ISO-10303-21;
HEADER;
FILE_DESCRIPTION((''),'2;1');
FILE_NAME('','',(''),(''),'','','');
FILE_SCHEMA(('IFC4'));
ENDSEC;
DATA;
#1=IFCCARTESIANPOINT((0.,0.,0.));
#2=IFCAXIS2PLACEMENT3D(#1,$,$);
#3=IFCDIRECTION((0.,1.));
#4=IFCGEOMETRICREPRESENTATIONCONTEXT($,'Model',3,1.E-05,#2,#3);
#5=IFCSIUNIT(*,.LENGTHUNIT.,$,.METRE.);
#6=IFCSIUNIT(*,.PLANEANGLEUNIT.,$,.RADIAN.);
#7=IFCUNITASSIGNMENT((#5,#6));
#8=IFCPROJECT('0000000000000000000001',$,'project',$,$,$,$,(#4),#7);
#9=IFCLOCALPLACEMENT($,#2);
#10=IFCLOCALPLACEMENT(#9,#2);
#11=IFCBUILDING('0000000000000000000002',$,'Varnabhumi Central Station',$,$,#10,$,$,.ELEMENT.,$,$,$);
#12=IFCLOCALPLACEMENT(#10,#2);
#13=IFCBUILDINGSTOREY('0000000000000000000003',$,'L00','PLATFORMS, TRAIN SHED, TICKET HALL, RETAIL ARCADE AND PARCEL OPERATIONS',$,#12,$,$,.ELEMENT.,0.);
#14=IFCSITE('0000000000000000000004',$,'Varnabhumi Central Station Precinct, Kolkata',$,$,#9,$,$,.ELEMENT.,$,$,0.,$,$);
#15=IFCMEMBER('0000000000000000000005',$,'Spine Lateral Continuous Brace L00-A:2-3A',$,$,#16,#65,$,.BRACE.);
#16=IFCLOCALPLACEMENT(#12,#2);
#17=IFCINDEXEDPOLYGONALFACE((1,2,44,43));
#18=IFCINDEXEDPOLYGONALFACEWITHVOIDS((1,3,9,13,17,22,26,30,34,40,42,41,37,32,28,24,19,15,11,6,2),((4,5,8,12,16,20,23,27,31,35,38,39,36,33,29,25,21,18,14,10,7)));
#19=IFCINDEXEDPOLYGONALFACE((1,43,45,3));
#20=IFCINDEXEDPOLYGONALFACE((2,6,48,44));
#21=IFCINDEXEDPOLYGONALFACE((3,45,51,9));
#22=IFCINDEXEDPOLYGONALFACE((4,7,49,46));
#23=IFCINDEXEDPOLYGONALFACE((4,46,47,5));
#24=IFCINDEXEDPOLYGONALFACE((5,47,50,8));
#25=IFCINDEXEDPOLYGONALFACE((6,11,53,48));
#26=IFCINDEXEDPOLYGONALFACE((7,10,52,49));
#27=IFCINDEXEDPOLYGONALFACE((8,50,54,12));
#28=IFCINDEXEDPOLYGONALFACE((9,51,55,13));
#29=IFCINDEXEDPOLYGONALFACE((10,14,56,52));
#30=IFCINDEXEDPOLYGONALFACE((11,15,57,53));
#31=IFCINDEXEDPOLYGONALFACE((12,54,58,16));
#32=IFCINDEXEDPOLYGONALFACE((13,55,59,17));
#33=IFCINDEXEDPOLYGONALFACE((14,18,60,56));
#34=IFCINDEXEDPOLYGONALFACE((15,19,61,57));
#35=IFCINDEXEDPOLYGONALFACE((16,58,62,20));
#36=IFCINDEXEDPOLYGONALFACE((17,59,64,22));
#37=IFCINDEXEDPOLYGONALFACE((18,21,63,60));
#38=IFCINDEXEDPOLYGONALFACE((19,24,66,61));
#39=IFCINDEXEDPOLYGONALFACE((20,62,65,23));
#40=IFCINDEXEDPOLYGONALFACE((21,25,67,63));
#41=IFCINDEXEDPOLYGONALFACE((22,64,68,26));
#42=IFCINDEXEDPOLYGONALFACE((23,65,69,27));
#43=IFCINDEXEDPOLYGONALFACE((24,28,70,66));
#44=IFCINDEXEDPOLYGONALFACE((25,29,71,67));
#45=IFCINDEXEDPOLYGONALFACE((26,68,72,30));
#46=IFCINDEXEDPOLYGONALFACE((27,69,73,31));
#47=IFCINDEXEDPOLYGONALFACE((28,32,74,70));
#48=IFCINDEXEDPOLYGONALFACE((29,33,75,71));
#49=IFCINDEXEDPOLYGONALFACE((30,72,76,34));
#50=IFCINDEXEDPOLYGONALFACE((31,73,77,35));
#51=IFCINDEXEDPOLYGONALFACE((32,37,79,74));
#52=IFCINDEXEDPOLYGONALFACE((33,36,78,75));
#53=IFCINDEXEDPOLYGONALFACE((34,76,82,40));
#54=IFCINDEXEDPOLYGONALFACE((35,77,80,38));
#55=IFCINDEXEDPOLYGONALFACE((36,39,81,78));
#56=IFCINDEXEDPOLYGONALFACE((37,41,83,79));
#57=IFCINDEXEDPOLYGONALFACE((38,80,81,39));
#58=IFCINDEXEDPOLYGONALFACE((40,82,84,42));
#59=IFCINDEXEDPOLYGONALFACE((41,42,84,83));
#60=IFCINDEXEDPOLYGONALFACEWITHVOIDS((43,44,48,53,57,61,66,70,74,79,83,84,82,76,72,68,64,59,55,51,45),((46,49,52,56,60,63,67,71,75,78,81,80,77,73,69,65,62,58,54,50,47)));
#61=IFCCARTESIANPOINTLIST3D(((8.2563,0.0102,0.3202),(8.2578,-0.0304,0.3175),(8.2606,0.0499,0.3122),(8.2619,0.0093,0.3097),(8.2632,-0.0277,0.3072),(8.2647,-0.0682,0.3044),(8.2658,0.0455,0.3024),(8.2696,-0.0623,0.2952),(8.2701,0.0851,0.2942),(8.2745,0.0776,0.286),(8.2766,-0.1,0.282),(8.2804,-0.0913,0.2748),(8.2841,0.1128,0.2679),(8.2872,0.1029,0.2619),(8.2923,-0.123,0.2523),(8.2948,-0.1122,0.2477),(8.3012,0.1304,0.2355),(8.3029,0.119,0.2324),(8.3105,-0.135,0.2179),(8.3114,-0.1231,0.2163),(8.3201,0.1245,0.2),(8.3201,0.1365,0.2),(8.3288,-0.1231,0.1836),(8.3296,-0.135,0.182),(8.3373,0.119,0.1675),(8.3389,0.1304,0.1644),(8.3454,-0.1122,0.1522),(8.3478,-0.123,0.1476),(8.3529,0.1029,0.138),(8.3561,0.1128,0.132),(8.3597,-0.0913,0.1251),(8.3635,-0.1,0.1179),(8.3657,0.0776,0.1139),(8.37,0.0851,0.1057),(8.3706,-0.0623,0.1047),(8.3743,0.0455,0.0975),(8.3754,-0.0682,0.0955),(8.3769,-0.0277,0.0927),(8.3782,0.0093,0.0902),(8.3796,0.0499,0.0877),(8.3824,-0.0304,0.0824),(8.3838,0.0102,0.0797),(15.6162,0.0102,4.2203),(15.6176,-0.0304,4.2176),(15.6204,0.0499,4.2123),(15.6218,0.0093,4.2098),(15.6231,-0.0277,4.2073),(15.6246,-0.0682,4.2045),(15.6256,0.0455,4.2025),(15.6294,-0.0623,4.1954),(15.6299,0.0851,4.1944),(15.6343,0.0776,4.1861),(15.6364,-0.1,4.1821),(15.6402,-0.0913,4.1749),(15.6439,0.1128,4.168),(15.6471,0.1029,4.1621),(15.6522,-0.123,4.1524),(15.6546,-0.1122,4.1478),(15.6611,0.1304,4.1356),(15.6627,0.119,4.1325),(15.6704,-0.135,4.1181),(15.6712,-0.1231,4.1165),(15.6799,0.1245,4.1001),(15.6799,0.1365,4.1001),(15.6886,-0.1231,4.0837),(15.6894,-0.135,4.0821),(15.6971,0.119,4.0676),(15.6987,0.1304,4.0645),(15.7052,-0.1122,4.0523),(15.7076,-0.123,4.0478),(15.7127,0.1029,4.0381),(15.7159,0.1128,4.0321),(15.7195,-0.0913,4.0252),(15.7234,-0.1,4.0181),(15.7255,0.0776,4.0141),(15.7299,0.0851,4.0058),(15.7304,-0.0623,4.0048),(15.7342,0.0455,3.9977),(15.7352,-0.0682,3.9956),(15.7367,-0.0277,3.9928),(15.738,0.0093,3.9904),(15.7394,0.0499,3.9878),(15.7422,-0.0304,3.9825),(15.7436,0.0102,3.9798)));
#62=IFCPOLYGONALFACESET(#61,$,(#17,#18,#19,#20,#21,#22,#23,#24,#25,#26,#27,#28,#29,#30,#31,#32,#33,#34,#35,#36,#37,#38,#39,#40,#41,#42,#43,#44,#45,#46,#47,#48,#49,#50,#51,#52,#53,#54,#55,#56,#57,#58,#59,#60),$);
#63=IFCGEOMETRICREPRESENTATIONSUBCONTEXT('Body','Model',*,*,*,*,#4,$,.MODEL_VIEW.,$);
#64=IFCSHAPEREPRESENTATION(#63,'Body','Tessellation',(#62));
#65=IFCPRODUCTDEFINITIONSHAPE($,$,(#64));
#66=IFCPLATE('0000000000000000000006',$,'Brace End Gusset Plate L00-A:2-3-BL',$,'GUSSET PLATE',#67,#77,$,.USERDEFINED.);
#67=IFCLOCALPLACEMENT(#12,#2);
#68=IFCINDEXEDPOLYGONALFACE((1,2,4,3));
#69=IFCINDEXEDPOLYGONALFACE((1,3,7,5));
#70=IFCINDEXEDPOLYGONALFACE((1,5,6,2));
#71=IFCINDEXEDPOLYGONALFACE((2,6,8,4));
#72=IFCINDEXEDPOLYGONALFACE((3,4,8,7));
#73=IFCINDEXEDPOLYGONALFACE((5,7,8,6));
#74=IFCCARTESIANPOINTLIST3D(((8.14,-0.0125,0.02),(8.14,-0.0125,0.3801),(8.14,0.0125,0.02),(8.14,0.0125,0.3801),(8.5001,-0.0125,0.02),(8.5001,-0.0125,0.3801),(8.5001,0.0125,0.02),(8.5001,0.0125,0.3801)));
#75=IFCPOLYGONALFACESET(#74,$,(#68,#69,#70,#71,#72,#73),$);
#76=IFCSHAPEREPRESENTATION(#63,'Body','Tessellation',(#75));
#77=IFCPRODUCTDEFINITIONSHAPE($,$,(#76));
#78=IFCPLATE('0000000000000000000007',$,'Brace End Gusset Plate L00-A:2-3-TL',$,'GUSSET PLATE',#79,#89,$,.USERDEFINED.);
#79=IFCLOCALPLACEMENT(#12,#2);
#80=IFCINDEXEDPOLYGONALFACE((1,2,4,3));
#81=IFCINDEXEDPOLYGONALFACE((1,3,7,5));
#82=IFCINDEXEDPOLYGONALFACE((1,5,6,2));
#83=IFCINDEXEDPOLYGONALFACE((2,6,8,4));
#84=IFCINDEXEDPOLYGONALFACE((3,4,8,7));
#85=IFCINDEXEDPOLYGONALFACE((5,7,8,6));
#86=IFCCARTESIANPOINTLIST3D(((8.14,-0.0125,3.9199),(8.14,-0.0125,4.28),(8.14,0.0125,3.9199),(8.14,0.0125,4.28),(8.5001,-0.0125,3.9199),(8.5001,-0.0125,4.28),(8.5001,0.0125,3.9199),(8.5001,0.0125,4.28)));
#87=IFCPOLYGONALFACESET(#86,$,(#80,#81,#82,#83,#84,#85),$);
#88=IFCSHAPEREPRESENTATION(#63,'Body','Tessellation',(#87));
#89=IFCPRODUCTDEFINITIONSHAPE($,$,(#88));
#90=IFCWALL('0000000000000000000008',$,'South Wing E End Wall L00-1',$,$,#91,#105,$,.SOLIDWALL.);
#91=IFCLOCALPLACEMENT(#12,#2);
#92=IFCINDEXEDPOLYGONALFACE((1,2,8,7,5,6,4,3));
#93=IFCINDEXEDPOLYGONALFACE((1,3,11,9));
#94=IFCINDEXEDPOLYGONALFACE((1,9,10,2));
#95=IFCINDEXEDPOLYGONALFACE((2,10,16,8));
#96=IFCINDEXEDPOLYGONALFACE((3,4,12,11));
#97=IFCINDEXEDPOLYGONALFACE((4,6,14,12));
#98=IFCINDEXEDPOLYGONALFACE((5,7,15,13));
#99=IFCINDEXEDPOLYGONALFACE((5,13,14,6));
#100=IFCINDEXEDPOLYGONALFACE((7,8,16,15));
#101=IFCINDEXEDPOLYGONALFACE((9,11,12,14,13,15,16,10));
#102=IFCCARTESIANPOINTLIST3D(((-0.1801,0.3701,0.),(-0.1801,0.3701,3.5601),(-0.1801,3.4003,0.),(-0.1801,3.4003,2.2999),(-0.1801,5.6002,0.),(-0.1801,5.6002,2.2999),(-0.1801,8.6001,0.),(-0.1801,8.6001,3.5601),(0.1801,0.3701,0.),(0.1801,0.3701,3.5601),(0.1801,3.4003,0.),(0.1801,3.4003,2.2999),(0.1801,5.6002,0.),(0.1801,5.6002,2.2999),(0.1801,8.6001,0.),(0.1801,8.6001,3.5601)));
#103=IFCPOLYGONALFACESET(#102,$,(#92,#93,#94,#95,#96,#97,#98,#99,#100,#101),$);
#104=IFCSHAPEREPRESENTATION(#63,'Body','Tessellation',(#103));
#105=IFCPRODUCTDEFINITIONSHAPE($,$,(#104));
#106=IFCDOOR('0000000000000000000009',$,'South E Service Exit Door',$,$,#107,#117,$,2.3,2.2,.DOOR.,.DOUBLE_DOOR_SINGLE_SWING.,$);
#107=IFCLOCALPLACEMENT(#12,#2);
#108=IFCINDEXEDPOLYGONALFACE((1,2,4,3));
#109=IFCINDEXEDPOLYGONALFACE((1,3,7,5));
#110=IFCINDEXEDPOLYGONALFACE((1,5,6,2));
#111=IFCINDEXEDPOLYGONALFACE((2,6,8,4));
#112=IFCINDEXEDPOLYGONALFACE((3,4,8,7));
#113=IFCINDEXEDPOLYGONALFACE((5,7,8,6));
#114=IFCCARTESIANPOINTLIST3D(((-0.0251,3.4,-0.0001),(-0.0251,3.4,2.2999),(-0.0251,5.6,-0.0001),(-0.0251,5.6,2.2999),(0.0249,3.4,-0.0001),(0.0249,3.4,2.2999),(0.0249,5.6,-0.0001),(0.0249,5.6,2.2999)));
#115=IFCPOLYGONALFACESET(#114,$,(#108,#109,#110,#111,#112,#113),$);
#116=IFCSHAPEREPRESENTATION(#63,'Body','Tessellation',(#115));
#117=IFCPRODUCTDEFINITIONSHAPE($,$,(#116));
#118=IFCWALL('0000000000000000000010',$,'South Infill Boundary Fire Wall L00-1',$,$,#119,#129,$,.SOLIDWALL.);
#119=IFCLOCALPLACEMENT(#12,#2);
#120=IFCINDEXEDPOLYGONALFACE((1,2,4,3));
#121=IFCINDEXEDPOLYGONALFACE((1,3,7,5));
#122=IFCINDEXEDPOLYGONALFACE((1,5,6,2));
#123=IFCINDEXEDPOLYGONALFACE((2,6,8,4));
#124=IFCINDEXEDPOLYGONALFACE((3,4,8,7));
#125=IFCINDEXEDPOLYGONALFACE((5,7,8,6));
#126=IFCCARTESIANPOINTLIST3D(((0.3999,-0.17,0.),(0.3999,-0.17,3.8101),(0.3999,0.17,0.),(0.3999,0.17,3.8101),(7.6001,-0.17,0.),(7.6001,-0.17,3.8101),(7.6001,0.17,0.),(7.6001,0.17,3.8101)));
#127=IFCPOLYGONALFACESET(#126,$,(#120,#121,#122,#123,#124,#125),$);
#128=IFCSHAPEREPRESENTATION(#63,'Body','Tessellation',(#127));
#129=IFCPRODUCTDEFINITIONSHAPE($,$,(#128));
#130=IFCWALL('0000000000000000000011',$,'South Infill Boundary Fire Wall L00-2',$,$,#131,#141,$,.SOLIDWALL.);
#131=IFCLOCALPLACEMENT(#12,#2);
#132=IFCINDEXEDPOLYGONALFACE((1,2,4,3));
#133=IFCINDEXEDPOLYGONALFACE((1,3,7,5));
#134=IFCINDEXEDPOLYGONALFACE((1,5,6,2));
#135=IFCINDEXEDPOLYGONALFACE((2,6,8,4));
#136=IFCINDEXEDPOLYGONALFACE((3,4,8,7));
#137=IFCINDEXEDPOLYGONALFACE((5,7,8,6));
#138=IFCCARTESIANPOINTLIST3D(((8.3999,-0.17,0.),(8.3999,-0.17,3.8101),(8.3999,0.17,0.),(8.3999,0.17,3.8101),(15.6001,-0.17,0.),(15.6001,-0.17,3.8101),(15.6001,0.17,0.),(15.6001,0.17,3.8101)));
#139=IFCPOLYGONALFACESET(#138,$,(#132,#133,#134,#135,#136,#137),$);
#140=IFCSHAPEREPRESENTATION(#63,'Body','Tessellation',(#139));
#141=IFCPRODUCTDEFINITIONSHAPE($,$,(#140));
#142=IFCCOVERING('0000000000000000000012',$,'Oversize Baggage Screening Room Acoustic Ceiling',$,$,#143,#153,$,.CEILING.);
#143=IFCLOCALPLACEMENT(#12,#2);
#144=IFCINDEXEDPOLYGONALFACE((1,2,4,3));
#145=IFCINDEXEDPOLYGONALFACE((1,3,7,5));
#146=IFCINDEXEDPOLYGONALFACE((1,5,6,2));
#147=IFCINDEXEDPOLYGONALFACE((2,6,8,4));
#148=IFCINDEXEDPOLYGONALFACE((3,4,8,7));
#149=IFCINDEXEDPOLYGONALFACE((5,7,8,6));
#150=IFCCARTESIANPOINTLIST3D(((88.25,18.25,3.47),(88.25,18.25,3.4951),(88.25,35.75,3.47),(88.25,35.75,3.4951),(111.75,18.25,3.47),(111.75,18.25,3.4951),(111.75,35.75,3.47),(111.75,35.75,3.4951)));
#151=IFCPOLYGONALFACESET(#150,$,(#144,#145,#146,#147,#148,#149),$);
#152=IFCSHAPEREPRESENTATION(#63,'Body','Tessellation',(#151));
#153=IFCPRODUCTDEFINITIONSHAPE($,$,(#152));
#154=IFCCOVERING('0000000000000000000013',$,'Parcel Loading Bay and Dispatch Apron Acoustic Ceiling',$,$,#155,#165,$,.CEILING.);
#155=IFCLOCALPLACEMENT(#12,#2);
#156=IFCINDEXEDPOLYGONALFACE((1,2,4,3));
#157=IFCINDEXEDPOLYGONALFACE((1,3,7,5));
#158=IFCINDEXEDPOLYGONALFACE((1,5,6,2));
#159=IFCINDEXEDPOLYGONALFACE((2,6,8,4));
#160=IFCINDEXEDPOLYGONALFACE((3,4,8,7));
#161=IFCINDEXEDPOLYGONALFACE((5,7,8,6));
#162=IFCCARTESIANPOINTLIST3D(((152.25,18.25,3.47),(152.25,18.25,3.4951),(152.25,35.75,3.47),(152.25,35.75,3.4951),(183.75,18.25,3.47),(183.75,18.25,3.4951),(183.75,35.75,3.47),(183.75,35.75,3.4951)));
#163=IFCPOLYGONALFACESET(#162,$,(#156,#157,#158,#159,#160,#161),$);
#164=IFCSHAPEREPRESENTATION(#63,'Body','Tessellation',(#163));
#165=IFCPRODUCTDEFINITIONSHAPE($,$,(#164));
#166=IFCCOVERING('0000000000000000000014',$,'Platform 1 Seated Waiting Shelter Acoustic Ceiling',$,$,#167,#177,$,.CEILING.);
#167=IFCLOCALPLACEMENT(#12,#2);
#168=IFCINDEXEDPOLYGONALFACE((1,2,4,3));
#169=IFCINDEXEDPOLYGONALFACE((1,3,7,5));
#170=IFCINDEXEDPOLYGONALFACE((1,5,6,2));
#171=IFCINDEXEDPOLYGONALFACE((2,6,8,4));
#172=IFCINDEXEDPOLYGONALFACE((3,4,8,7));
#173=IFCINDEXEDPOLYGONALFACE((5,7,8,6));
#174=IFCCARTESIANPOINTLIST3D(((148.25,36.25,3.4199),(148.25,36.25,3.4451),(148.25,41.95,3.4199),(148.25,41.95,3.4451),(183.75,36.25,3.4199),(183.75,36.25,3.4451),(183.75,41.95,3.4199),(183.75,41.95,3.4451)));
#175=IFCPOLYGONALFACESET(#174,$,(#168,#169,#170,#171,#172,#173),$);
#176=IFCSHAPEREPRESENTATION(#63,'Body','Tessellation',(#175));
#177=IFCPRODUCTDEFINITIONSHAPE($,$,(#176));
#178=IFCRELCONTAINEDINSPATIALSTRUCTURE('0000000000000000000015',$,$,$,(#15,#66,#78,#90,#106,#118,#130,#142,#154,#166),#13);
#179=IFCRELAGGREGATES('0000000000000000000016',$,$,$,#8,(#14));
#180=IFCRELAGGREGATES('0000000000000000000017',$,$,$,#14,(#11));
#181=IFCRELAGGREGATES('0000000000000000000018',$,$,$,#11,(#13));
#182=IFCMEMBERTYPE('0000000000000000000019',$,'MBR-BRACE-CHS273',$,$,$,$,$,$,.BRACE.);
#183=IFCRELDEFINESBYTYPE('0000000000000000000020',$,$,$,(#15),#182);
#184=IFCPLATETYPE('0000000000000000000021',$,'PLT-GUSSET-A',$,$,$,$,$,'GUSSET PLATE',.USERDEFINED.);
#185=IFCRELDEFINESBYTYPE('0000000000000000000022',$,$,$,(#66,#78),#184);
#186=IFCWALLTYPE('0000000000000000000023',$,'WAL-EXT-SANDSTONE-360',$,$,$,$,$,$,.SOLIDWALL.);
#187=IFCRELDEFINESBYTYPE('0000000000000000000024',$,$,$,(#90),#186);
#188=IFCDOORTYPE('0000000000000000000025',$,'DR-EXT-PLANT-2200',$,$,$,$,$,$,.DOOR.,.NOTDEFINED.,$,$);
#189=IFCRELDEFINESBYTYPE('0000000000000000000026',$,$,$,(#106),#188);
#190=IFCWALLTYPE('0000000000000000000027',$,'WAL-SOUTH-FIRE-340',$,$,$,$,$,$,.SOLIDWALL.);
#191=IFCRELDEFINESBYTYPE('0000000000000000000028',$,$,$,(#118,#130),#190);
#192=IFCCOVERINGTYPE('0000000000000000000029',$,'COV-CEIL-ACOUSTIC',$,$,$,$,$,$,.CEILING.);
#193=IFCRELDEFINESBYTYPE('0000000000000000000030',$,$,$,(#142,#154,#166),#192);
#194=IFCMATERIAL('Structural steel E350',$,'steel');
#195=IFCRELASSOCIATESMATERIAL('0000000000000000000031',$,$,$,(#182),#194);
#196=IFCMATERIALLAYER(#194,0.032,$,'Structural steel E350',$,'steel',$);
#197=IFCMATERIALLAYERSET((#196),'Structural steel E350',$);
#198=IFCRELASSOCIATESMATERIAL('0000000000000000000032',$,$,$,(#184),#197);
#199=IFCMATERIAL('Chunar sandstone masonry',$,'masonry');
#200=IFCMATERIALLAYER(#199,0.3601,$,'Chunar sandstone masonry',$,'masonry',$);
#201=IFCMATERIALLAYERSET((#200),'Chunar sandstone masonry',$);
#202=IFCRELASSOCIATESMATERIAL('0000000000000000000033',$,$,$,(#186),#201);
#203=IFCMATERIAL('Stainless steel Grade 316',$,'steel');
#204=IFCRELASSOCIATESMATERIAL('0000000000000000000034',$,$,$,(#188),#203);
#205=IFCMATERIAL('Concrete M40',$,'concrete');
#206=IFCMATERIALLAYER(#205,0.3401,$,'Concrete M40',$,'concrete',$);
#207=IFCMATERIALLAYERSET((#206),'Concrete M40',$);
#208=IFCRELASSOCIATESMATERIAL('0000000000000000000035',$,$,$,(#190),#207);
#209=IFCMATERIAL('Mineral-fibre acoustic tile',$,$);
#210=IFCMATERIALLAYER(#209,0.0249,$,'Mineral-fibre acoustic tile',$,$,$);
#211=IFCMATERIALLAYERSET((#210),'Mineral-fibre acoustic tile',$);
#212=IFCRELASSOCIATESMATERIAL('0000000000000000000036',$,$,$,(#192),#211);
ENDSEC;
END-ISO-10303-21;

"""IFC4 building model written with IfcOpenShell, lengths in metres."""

from ifc_helpers import new_model, si_unit, direction, frame, frame_2d, origin, origin_2d, place, context, subcontext, project, spatial, polyline, rectangle, hollow_circle, outline, extrude, material, layer, layer_set, material_profile, profile_set, type_object, element, fill, save


model = new_model("IFC4")

# Units and contexts
model_context = context("Model", 3, precision=1e-05, world=origin(), true_north=direction((0.0, 1.0)))
body_context = subcontext(model_context, "Body", "Model", "MODEL_VIEW")
ifc_project = project(units=[si_unit("LENGTHUNIT", "METRE"), si_unit("PLANEANGLEUNIT", "RADIAN")], contexts=[model_context])

# Site, building, storey
site_placement = place(None, origin())
site = spatial("IfcSite", under=ifc_project, at=site_placement, Name="Varnabhumi Central Station Precinct, Kolkata", CompositionType="ELEMENT", RefElevation=0.0)
building_placement = place(site_placement, origin())
building = spatial("IfcBuilding", under=site, at=building_placement, Name="Varnabhumi Central Station", CompositionType="ELEMENT")
storey_placement = place(building_placement, origin())
storey = spatial("IfcBuildingStorey", under=building, at=storey_placement, Name="L00", Description="PLATFORMS, TRAIN SHED, TICKET HALL, RETAIL ARCADE AND PARCEL OPERATIONS", CompositionType="ELEMENT", Elevation=0.0)

# Shared definitions
ifc_material_1 = material(Name="Concrete M40", Category="concrete")

# Member
ifc_material_2 = material(Name="Structural steel E350", Category="steel")
ifc_material_profile_1 = material_profile(ifc_material_2, hollow_circle(Radius=0.1365, WallThickness=0.012, at=origin_2d()), Name="Structural steel E350", Category="steel")
ifc_profile_set_1 = profile_set([ifc_material_profile_1], Name="Structural steel E350")
member_type_1 = type_object("IfcMemberType", Name="MBR-BRACE-CHS273", PredefinedType="BRACE", material=ifc_profile_set_1)
member_1_placement = place(storey_placement, frame((8.3201, 0.0, 0.2), z_axis=(0.883602, 0.0, 0.468239), x_axis=(0.0, 1.0, 0.0)))
element("IfcMember", 1, at=member_1_placement, inside=storey, type_object=member_type_1, Name="Spine Lateral Continuous Brace L00-A:2-3A", PredefinedType="BRACE", context=body_context, shape_type="SweptSolid", body=[
    extrude(hollow_circle(Radius=0.1365, WallThickness=0.012, at=origin_2d()), origin(), (0.0, 0.0, 1.0), 8.3293),
])

# Plates
ifc_layer_1 = layer(ifc_material_2, 0.032, Name="Structural steel E350", Category="steel")
ifc_layer_set_1 = layer_set([ifc_layer_1], Name="Structural steel E350")
plate_type = type_object("IfcPlateType", Name="PLT-GUSSET-A", ElementType="GUSSET PLATE", PredefinedType="USERDEFINED", material=ifc_layer_set_1)
for number, where, z_axis, x_axis, name in (
    (2, (8.3201, 0.0, 0.02), (0.0, 0.0, 1.0), (1.0, 0.0, 0.0), "Brace End Gusset Plate L00-A:2-3-BL"),
    (3, (8.3201, 0.0, 3.9199), (0.0, 0.0, 1.0), (1.0, 0.0, 0.0), "Brace End Gusset Plate L00-A:2-3-TL"),
):
    element("IfcPlate", number, at=place(storey_placement, frame(where, z_axis=z_axis, x_axis=x_axis)), inside=storey, type_object=plate_type, Name=name, ObjectType="GUSSET PLATE", PredefinedType="USERDEFINED", context=body_context, shape_type="SweptSolid", body=[
        extrude(rectangle(XDim=0.3601, YDim=0.0249, at=origin_2d()), origin(), (0.0, 0.0, 1.0), 0.3601),
    ])

# Wall, opening, door
ifc_material_3 = material(Name="Chunar sandstone masonry", Category="masonry")
ifc_layer_2 = layer(ifc_material_3, 0.3601, Name="Chunar sandstone masonry", Category="masonry")
ifc_layer_set_2 = layer_set([ifc_layer_2], Name="Chunar sandstone masonry")
wall_type_1 = type_object("IfcWallType", Name="WAL-EXT-SANDSTONE-360", PredefinedType="SOLIDWALL", material=ifc_layer_set_2)
wall_placement = place(storey_placement, frame((0.0, 0.3701, 0.0), z_axis=(0.0, 0.0, 1.0), x_axis=(0.0, 1.0, 0.0)))
wall = element("IfcWall", 4, at=wall_placement, inside=storey, type_object=wall_type_1, Name="South Wing E End Wall L00-1", PredefinedType="SOLIDWALL", context=body_context, shape_type="SweptSolid", body=[
    extrude(rectangle(XDim=8.23, YDim=0.3601, at=frame_2d((4.115, 0.0))), origin(), (0.0, 0.0, 1.0), 3.5601),
])
opening_placement = place(wall_placement, frame((3.03, 0.0, 0.0)))
opening = element("IfcOpeningElement", 5, at=opening_placement, cuts=wall, PredefinedType="OPENING", context=body_context, shape_type="SweptSolid", body=[
    extrude(rectangle(XDim=2.2, YDim=2.3, at=frame_2d((1.1001, 1.1499))), frame((0.0, 0.1899, 0.0), z_axis=(0.0, -1.0, 0.0), x_axis=(1.0, 0.0, 0.0)), (0.0, 0.0, 1.0), 0.3801),
])
ifc_material_4 = material(Name="Stainless steel Grade 316", Category="steel")
door_type = type_object("IfcDoorType", Name="DR-EXT-PLANT-2200", OperationType="NOTDEFINED", PredefinedType="DOOR", material=ifc_material_4)
door_placement = place(opening_placement, frame((2.2, 0.0, 0.0), z_axis=(0.0, 0.0, 1.0), x_axis=(-1.0, 0.0, 0.0)))
door = element("IfcDoor", 6, at=door_placement, inside=storey, type_object=door_type, Name="South E Service Exit Door", OperationType="DOUBLE_DOOR_SINGLE_SWING", OverallHeight=2.3, OverallWidth=2.2, PredefinedType="DOOR", context=body_context, shape_type="SweptSolid", body=[
    extrude(rectangle(XDim=2.2, YDim=2.3, at=frame_2d((1.1001, 1.1499))), frame((0.0, 0.0249, 0.0), z_axis=(0.0, -1.0, 0.0), x_axis=(1.0, 0.0, 0.0)), (0.0, 0.0, 1.0), 0.05),
])
fill(opening, door)

# Walls
ifc_layer_3 = layer(ifc_material_1, 0.3401, Name="Concrete M40", Category="concrete")
ifc_layer_set_3 = layer_set([ifc_layer_3], Name="Concrete M40")
wall_type_2 = type_object("IfcWallType", Name="WAL-SOUTH-FIRE-340", PredefinedType="SOLIDWALL", material=ifc_layer_set_3)
for number, where, z_axis, x_axis, name in (
    (7, (0.3999, 0.0, 0.0), (0.0, 0.0, 1.0), (1.0, 0.0, 0.0), "South Infill Boundary Fire Wall L00-1"),
    (8, (8.3999, 0.0, 0.0), (0.0, 0.0, 1.0), (1.0, 0.0, 0.0), "South Infill Boundary Fire Wall L00-2"),
):
    element("IfcWall", number, at=place(storey_placement, frame(where, z_axis=z_axis, x_axis=x_axis)), inside=storey, type_object=wall_type_2, Name=name, PredefinedType="SOLIDWALL", context=body_context, shape_type="SweptSolid", body=[
        extrude(rectangle(XDim=7.2002, YDim=0.3401, at=frame_2d((3.6001, 0.0))), origin(), (0.0, 0.0, 1.0), 3.8101),
    ])

# Coverings
ifc_material_5 = material(Name="Mineral-fibre acoustic tile")
ifc_layer_4 = layer(ifc_material_5, 0.0249, Name="Mineral-fibre acoustic tile")
ifc_layer_set_4 = layer_set([ifc_layer_4], Name="Mineral-fibre acoustic tile")
covering_type_1 = type_object("IfcCoveringType", Name="COV-CEIL-ACOUSTIC", PredefinedType="CEILING", material=ifc_layer_set_4)
covering_1_placement = place(storey_placement, frame((0.0, 0.0, 3.47)))
element("IfcCovering", 9, at=covering_1_placement, inside=storey, type_object=covering_type_1, Name="Oversize Baggage Screening Room Acoustic Ceiling", PredefinedType="CEILING", context=body_context, shape_type="SweptSolid", body=[
    extrude(outline(polyline([(88.25, 18.25), (111.75, 18.25), (111.75, 35.75), (88.25, 35.75), (88.25, 18.25)])), origin(), (0.0, 0.0, 1.0), 0.0251),
])
covering_2_placement = place(storey_placement, frame((0.0, 0.0, 3.47)))
element("IfcCovering", 10, at=covering_2_placement, inside=storey, type_object=covering_type_1, Name="Parcel Loading Bay and Dispatch Apron Acoustic Ceiling", PredefinedType="CEILING", context=body_context, shape_type="SweptSolid", body=[
    extrude(outline(polyline([(152.25, 18.25), (183.75, 18.25), (183.75, 35.75), (152.25, 35.75), (152.25, 18.25)])), origin(), (0.0, 0.0, 1.0), 0.0251),
])
covering_3_placement = place(storey_placement, frame((0.0, 0.0, 3.4199)))
element("IfcCovering", 11, at=covering_3_placement, inside=storey, type_object=covering_type_1, Name="Platform 1 Seated Waiting Shelter Acoustic Ceiling", PredefinedType="CEILING", context=body_context, shape_type="SweptSolid", body=[
    extrude(outline(polyline([(148.25, 36.25), (183.75, 36.25), (183.75, 41.95), (148.25, 41.95), (148.25, 36.25)])), origin(), (0.0, 0.0, 1.0), 0.0251),
])

save(model, "model.ifc")
